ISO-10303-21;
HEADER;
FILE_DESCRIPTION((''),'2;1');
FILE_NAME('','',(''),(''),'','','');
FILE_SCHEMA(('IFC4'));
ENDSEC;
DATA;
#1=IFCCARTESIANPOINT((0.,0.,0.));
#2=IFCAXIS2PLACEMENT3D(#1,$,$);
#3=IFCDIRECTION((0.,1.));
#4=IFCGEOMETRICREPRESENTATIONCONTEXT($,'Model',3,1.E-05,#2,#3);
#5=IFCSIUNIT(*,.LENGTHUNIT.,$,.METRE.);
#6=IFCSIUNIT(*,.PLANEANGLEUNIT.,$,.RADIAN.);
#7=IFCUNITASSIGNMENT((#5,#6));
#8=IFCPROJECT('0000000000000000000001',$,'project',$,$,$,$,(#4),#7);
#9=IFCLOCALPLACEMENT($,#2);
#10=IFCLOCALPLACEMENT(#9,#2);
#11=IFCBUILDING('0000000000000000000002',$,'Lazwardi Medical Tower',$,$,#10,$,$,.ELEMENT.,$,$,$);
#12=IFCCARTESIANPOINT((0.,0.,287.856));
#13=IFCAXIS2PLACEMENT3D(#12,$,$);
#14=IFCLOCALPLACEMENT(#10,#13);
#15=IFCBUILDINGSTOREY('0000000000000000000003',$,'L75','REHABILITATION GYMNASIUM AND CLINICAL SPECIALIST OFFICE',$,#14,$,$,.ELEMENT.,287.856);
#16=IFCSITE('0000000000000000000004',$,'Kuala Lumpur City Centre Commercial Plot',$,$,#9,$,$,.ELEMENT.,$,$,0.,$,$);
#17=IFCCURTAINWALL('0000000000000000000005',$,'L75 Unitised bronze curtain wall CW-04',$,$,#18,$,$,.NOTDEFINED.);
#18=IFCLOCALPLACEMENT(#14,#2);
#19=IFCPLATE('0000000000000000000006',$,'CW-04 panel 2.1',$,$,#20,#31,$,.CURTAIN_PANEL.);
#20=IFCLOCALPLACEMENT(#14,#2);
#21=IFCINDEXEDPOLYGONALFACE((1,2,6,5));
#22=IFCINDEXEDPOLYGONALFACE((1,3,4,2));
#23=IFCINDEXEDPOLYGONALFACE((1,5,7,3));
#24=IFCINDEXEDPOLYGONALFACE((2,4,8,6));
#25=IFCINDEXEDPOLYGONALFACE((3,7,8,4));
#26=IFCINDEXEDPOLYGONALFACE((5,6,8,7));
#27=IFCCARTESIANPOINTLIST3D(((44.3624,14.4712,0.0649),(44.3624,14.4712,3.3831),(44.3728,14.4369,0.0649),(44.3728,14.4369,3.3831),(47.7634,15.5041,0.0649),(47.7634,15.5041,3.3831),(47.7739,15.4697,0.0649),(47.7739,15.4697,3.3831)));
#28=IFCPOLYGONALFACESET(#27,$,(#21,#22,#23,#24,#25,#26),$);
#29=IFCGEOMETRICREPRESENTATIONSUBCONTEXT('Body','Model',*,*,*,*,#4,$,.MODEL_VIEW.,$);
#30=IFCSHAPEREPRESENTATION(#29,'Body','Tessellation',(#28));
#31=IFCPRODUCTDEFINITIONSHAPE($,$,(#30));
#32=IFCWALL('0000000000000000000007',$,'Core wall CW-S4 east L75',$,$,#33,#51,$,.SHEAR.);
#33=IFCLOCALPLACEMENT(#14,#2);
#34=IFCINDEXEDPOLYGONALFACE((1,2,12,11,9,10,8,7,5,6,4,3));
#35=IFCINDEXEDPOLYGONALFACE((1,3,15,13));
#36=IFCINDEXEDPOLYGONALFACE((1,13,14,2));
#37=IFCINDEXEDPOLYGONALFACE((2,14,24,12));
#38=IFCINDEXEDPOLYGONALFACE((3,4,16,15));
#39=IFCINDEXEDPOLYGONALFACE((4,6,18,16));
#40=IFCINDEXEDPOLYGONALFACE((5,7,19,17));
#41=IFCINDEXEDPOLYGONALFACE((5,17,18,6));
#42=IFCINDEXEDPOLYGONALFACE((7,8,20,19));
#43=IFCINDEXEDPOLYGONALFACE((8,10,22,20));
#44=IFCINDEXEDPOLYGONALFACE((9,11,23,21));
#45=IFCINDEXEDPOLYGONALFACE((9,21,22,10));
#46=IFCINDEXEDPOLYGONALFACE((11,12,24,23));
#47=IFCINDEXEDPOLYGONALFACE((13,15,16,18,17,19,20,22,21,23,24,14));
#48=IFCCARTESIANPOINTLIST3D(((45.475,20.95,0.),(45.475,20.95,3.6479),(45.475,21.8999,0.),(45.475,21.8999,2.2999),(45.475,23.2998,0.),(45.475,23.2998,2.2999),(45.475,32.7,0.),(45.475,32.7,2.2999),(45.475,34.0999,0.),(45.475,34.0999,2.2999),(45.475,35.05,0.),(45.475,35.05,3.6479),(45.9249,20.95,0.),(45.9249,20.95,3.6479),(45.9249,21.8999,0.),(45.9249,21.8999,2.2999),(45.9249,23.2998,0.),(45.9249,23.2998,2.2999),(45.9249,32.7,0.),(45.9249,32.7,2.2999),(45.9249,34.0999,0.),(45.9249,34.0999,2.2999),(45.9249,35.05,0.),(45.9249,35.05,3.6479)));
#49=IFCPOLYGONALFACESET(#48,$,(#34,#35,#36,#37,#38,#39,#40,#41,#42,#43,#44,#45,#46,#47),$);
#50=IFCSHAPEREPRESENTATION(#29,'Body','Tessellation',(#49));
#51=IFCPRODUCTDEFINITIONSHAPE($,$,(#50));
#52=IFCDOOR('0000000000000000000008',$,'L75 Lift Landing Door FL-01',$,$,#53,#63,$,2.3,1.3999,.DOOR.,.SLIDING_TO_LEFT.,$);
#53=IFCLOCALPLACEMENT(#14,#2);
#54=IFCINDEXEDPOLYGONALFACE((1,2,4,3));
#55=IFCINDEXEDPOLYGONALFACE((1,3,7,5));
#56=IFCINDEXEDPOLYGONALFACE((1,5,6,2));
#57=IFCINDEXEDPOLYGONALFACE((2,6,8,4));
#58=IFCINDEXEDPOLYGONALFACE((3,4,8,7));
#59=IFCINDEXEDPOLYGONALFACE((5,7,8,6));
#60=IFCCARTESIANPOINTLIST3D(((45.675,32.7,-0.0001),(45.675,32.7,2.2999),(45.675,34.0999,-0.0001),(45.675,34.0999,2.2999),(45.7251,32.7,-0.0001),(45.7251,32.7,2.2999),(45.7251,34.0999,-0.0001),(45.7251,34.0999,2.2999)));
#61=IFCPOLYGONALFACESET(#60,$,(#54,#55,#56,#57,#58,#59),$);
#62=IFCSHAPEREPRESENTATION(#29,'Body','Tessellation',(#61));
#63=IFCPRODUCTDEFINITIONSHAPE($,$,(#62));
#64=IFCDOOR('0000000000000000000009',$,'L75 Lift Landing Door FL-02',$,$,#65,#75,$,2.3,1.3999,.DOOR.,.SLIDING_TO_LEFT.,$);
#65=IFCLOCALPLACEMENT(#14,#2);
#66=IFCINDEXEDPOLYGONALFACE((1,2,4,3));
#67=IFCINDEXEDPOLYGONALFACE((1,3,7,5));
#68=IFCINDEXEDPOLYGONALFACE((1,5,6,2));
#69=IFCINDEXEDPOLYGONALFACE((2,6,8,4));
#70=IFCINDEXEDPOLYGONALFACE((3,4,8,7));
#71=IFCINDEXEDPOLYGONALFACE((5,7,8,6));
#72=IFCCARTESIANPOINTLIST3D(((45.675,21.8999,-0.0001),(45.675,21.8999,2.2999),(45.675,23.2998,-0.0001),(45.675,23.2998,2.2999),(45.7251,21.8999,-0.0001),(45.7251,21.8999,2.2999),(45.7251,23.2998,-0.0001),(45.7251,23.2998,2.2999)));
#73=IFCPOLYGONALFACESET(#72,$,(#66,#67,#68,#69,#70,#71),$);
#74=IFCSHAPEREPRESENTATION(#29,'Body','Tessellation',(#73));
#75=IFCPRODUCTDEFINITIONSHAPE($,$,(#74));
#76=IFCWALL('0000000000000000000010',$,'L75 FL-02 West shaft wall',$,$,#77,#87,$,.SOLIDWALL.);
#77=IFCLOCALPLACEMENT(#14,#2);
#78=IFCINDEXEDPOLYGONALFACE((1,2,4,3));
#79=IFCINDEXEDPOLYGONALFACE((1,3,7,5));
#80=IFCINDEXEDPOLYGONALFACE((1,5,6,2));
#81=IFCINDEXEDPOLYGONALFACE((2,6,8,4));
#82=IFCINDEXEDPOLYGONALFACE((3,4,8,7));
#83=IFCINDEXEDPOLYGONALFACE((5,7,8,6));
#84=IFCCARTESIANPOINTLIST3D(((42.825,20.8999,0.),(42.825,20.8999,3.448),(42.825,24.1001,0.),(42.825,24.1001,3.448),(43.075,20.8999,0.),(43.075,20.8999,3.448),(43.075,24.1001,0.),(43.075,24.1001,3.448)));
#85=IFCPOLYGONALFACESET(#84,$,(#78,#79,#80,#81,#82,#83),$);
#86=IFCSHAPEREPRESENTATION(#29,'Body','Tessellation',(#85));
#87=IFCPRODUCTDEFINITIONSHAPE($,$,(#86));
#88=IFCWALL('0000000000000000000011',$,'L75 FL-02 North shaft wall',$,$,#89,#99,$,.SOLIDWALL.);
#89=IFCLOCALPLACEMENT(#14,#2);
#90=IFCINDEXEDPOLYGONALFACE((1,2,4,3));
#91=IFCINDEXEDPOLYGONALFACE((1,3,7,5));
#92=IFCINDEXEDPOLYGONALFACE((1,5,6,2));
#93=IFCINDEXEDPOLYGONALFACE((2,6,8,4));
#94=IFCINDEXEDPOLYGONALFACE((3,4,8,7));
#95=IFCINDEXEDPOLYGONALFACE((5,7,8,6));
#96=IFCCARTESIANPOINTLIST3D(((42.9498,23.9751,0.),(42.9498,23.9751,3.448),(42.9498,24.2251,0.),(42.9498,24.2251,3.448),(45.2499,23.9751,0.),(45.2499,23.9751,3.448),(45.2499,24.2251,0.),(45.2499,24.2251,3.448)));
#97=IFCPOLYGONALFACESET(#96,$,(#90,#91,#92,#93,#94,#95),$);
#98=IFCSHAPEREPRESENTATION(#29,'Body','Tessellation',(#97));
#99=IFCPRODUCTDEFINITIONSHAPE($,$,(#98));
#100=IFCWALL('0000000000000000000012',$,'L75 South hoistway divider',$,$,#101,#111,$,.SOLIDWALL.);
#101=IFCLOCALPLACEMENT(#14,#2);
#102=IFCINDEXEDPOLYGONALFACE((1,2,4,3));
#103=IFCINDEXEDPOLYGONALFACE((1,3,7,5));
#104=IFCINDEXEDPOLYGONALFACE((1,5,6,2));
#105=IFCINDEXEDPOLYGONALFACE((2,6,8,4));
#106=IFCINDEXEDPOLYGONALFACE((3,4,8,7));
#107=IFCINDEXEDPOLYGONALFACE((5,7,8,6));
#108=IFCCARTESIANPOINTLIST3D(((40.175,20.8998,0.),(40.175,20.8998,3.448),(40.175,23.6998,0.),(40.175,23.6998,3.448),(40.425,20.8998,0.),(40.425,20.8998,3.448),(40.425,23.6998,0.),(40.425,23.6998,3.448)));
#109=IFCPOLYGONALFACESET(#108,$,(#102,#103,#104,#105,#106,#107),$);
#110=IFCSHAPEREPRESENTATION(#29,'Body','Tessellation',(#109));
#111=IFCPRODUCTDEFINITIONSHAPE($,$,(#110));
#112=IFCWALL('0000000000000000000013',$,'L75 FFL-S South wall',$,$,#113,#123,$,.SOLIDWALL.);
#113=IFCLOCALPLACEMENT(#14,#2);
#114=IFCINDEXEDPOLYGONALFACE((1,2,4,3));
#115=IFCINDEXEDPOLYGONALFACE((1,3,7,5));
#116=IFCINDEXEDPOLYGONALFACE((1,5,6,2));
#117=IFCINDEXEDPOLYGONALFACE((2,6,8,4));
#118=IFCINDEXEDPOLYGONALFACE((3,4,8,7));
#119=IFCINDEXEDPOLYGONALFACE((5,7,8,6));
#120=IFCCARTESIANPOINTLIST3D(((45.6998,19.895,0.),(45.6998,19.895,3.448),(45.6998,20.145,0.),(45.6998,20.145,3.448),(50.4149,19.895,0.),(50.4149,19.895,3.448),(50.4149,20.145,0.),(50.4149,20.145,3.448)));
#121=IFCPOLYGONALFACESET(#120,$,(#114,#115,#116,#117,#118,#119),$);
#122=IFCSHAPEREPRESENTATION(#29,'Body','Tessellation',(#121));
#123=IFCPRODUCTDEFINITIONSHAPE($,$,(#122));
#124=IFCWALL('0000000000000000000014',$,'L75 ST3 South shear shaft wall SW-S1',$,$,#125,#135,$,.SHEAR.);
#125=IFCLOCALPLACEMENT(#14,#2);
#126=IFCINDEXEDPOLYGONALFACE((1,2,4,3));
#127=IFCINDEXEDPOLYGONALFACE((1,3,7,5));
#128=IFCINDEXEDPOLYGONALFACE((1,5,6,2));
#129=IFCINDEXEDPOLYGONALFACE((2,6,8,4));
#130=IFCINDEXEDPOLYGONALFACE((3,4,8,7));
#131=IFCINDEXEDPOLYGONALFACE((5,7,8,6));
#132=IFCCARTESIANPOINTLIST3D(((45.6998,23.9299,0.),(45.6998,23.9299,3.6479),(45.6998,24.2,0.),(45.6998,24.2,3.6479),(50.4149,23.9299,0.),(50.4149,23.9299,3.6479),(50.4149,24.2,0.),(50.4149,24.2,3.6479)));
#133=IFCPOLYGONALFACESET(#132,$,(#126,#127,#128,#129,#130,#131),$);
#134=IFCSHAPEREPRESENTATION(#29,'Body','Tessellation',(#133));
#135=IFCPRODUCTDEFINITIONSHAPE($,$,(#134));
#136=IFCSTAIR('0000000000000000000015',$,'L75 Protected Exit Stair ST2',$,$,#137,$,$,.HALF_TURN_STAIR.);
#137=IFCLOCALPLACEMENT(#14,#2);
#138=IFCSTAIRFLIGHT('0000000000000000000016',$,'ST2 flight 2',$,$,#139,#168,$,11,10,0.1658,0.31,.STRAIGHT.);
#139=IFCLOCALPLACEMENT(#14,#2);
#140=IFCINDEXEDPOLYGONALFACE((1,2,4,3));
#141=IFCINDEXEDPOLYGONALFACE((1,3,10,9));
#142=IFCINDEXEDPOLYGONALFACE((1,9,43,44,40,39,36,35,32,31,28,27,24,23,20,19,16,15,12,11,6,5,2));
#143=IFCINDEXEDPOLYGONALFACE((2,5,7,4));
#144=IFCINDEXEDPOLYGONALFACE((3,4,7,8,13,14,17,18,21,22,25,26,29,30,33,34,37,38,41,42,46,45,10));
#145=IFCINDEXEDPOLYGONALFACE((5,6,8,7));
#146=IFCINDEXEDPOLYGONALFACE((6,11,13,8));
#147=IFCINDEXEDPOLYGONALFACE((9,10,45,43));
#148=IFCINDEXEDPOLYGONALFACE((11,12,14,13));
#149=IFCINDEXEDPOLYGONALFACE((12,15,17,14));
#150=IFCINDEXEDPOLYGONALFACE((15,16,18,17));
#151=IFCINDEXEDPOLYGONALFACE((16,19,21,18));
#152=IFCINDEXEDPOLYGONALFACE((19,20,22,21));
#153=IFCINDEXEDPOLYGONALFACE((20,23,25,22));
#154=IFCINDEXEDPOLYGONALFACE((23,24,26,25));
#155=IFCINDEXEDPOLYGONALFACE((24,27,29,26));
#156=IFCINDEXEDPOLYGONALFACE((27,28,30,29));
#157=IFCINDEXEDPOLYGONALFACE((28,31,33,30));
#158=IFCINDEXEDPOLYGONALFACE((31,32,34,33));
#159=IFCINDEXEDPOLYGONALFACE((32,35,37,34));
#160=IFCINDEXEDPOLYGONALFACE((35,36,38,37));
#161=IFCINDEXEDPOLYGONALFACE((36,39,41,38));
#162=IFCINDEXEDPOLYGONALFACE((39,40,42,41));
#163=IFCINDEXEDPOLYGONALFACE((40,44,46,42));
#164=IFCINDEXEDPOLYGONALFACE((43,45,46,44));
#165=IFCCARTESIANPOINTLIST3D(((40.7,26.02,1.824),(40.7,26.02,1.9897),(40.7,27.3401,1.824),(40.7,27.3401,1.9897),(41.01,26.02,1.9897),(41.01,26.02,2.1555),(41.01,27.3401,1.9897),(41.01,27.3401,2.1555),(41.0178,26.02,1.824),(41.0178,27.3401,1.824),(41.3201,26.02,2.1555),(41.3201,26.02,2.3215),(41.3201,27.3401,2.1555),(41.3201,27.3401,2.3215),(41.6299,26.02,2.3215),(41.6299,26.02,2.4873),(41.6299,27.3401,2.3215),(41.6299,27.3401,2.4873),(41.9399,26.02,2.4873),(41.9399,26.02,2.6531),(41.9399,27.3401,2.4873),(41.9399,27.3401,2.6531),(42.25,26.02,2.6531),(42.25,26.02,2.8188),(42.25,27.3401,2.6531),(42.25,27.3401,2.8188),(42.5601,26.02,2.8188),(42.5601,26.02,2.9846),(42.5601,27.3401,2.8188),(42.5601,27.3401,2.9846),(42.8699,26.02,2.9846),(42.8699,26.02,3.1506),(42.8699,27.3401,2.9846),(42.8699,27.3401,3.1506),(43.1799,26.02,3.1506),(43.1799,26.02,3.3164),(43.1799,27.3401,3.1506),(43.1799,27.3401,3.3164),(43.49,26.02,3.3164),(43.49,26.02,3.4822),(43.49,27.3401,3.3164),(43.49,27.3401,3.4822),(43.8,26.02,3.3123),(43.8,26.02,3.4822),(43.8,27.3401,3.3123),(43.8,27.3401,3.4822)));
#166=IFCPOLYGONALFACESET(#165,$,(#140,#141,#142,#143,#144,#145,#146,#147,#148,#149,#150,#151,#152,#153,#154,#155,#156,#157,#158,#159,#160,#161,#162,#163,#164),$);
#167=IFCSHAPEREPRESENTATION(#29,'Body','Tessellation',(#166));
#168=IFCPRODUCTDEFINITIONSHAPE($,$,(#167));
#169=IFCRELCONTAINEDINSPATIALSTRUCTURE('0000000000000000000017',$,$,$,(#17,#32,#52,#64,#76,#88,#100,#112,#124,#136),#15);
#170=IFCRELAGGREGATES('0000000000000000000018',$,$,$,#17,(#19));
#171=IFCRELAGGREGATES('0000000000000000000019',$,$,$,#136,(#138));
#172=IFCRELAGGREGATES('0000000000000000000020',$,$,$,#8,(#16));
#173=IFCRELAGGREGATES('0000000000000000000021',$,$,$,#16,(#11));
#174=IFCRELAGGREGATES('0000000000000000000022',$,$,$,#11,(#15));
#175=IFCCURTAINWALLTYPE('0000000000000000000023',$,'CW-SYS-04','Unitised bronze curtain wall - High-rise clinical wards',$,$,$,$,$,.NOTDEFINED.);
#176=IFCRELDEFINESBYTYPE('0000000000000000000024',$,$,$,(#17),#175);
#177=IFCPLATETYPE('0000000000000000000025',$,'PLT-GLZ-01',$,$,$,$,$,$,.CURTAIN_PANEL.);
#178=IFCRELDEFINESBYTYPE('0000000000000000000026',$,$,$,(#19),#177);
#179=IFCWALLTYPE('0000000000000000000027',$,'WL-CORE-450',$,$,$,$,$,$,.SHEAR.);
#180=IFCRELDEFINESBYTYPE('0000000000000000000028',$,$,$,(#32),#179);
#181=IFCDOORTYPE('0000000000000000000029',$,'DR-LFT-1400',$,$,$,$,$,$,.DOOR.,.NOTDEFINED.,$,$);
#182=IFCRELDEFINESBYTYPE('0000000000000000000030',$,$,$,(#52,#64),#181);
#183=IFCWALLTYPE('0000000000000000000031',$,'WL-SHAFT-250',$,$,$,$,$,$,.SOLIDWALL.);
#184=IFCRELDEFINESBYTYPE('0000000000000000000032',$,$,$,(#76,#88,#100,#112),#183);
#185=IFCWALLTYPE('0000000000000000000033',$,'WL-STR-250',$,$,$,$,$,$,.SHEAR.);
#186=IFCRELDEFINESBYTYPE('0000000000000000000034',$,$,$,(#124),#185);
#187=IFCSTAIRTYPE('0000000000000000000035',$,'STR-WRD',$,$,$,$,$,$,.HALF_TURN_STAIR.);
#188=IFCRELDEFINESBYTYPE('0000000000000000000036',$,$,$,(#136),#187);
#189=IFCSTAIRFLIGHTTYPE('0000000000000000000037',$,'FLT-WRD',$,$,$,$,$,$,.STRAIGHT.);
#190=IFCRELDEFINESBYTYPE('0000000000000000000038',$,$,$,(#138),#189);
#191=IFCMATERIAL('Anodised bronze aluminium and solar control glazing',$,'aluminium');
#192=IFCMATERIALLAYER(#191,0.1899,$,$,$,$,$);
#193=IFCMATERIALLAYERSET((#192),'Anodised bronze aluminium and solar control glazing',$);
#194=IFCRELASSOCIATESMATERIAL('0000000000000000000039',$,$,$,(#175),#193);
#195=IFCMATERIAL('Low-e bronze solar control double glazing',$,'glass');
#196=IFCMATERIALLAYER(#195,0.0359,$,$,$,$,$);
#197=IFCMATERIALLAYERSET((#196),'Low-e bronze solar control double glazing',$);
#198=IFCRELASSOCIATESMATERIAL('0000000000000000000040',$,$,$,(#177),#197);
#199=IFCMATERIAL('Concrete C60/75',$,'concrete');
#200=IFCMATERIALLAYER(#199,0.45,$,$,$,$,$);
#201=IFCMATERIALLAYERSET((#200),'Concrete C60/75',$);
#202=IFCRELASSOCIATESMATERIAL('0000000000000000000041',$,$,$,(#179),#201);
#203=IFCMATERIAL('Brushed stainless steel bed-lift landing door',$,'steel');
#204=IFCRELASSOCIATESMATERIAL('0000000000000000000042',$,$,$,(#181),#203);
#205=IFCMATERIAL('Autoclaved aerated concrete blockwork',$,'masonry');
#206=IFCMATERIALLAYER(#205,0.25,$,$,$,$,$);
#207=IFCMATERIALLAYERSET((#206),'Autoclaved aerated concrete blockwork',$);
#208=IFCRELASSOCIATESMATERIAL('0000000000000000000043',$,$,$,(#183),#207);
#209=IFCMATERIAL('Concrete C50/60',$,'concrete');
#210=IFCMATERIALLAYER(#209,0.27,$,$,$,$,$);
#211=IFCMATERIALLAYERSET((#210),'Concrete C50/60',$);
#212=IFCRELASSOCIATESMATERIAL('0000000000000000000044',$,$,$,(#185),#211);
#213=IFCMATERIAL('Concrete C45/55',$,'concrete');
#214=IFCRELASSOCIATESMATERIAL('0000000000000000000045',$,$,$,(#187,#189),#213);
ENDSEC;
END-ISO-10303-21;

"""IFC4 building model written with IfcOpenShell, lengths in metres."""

from ifc_helpers import new_model, si_unit, direction, frame, frame_2d, origin, origin_2d, place, context, subcontext, project, spatial, polyline, rectangle, outline, extrude, material, layer, layer_set, type_object, element, fill, aggregate, save


model = new_model("IFC4")

# Units and contexts
model_context = context("Model", 3, precision=1e-05, world=origin(), true_north=direction((0.0, 1.0)))
body_context = subcontext(model_context, "Body", "Model", "MODEL_VIEW")
ifc_project = project(units=[si_unit("LENGTHUNIT", "METRE"), si_unit("PLANEANGLEUNIT", "RADIAN")], contexts=[model_context])

# Site, building, storey
site_placement = place(None, origin())
site = spatial("IfcSite", under=ifc_project, at=site_placement, Name="Kuala Lumpur City Centre Commercial Plot", CompositionType="ELEMENT", RefElevation=0.0)
building_placement = place(site_placement, origin())
building = spatial("IfcBuilding", under=site, at=building_placement, Name="Lazwardi Medical Tower", CompositionType="ELEMENT")
storey_placement = place(building_placement, frame((0.0, 0.0, 287.856)))
storey = spatial("IfcBuildingStorey", under=building, at=storey_placement, Name="L75", Description="REHABILITATION GYMNASIUM AND CLINICAL SPECIALIST OFFICE", CompositionType="ELEMENT", Elevation=287.856)

# Shared definitions
ifc_material_1 = material(Name="Concrete C60/75", Category="concrete")

# Curtain wall, plate
ifc_material_2 = material(Name="Anodised bronze aluminium and solar control glazing", Category="aluminium")
ifc_layer_1 = layer(ifc_material_2, 0.1899)
ifc_layer_set_1 = layer_set([ifc_layer_1], Name="Anodised bronze aluminium and solar control glazing")
curtain_wall_type = type_object("IfcCurtainWallType", Name="CW-SYS-04", Description="Unitised bronze curtain wall - High-rise clinical wards", PredefinedType="NOTDEFINED", material=ifc_layer_set_1)
curtain_wall_placement = place(storey_placement, origin())
curtain_wall = element("IfcCurtainWall", 1, at=curtain_wall_placement, inside=storey, type_object=curtain_wall_type, Name="L75 Unitised bronze curtain wall CW-04", PredefinedType="NOTDEFINED")
ifc_material_3 = material(Name="Low-e bronze solar control double glazing", Category="glass")
ifc_layer_2 = layer(ifc_material_3, 0.0359)
ifc_layer_set_2 = layer_set([ifc_layer_2], Name="Low-e bronze solar control double glazing")
plate_type = type_object("IfcPlateType", Name="PLT-GLZ-01", PredefinedType="CURTAIN_PANEL", material=ifc_layer_set_2)
plate_1_placement = place(storey_placement, frame((46.0681, 14.9705, 0.0649), z_axis=(0.0, 0.0, 1.0), x_axis=(0.95685, 0.290582, 0.0)))
plate_1 = element("IfcPlate", 2, at=plate_1_placement, type_object=plate_type, Name="CW-04 panel 2.1", PredefinedType="CURTAIN_PANEL", context=body_context, shape_type="SweptSolid", body=[
    extrude(rectangle(XDim=3.5544, YDim=0.0359, at=origin_2d()), origin(), (0.0, 0.0, 1.0), 3.3181),
])
aggregate(curtain_wall, [plate_1])

# Wall, openings, doors
ifc_layer_3 = layer(ifc_material_1, 0.45)
ifc_layer_set_3 = layer_set([ifc_layer_3], Name="Concrete C60/75")
wall_type_1 = type_object("IfcWallType", Name="WL-CORE-450", PredefinedType="SHEAR", material=ifc_layer_set_3)
wall_1_placement = place(storey_placement, frame((45.7, 20.95, 0.0), z_axis=(0.0, 0.0, 1.0), x_axis=(0.0, 1.0, 0.0)))
wall_1 = element("IfcWall", 3, at=wall_1_placement, inside=storey, type_object=wall_type_1, Name="Core wall CW-S4 east L75", PredefinedType="SHEAR", context=body_context, shape_type="SweptSolid", body=[
    extrude(rectangle(XDim=14.1001, YDim=0.45, at=frame_2d((7.05, 0.0))), origin(), (0.0, 0.0, 1.0), 3.6479),
])
opening_1_placement = place(wall_1_placement, frame((11.75, 0.0, 0.0)))
opening_1 = element("IfcOpeningElement", 4, at=opening_1_placement, cuts=wall_1, PredefinedType="OPENING", context=body_context, shape_type="SweptSolid", body=[
    extrude(rectangle(XDim=1.3999, YDim=2.3, at=frame_2d((0.7, 1.1499))), frame((0.0, 0.2349, 0.0), z_axis=(0.0, -1.0, 0.0), x_axis=(1.0, 0.0, 0.0)), (0.0, 0.0, 1.0), 0.47),
])
opening_2_placement = place(wall_1_placement, frame((0.95, 0.0, 0.0)))
opening_2 = element("IfcOpeningElement", 5, at=opening_2_placement, cuts=wall_1, PredefinedType="OPENING", context=body_context, shape_type="SweptSolid", body=[
    extrude(rectangle(XDim=1.3999, YDim=2.3, at=frame_2d((0.7, 1.1499))), frame((0.0, 0.2349, 0.0), z_axis=(0.0, -1.0, 0.0), x_axis=(1.0, 0.0, 0.0)), (0.0, 0.0, 1.0), 0.47),
])
ifc_material_4 = material(Name="Brushed stainless steel bed-lift landing door", Category="steel")
door_type = type_object("IfcDoorType", Name="DR-LFT-1400", OperationType="NOTDEFINED", PredefinedType="DOOR", material=ifc_material_4)
door_1_placement = place(opening_1_placement, origin())
door_1 = element("IfcDoor", 6, at=door_1_placement, inside=storey, type_object=door_type, Name="L75 Lift Landing Door FL-01", OperationType="SLIDING_TO_LEFT", OverallHeight=2.3, OverallWidth=1.3999, PredefinedType="DOOR", context=body_context, shape_type="SweptSolid", body=[
    extrude(rectangle(XDim=1.3999, YDim=2.3, at=frame_2d((0.7, 1.1499))), frame((0.0, 0.0249, 0.0), z_axis=(0.0, -1.0, 0.0), x_axis=(1.0, 0.0, 0.0)), (0.0, 0.0, 1.0), 0.05),
])
fill(opening_1, door_1)
door_2_placement = place(opening_2_placement, origin())
door_2 = element("IfcDoor", 7, at=door_2_placement, inside=storey, type_object=door_type, Name="L75 Lift Landing Door FL-02", OperationType="SLIDING_TO_LEFT", OverallHeight=2.3, OverallWidth=1.3999, PredefinedType="DOOR", context=body_context, shape_type="SweptSolid", body=[
    extrude(rectangle(XDim=1.3999, YDim=2.3, at=frame_2d((0.7, 1.1499))), frame((0.0, 0.0249, 0.0), z_axis=(0.0, -1.0, 0.0), x_axis=(1.0, 0.0, 0.0)), (0.0, 0.0, 1.0), 0.05),
])
fill(opening_2, door_2)

# Walls
ifc_material_5 = material(Name="Autoclaved aerated concrete blockwork", Category="masonry")
ifc_layer_4 = layer(ifc_material_5, 0.25)
ifc_layer_set_4 = layer_set([ifc_layer_4], Name="Autoclaved aerated concrete blockwork")
wall_type_2 = type_object("IfcWallType", Name="WL-SHAFT-250", PredefinedType="SOLIDWALL", material=ifc_layer_set_4)
wall_2_placement = place(storey_placement, frame((42.95, 20.8999, 0.0), z_axis=(0.0, 0.0, 1.0), x_axis=(0.0, 1.0, 0.0)))
element("IfcWall", 8, at=wall_2_placement, inside=storey, type_object=wall_type_2, Name="L75 FL-02 West shaft wall", PredefinedType="SOLIDWALL", context=body_context, shape_type="SweptSolid", body=[
    extrude(rectangle(XDim=3.2002, YDim=0.25, at=frame_2d((1.6001, 0.0))), origin(), (0.0, 0.0, 1.0), 3.448),
])
wall_3_placement = place(storey_placement, frame((42.95, 24.1001, 0.0), z_axis=(0.0, 0.0, 1.0), x_axis=(1.0, 0.0, 0.0)))
element("IfcWall", 9, at=wall_3_placement, inside=storey, type_object=wall_type_2, Name="L75 FL-02 North shaft wall", PredefinedType="SOLIDWALL", context=body_context, shape_type="SweptSolid", body=[
    extrude(rectangle(XDim=2.3, YDim=0.25, at=frame_2d((1.1499, 0.0))), origin(), (0.0, 0.0, 1.0), 3.448),
])
wall_4_placement = place(storey_placement, frame((40.3, 20.8999, 0.0), z_axis=(0.0, 0.0, 1.0), x_axis=(0.0, 1.0, 0.0)))
element("IfcWall", 10, at=wall_4_placement, inside=storey, type_object=wall_type_2, Name="L75 South hoistway divider", PredefinedType="SOLIDWALL", context=body_context, shape_type="SweptSolid", body=[
    extrude(rectangle(XDim=2.8, YDim=0.25, at=frame_2d((1.3999, 0.0))), origin(), (0.0, 0.0, 1.0), 3.448),
])
wall_5_placement = place(storey_placement, frame((45.7, 20.02, 0.0), z_axis=(0.0, 0.0, 1.0), x_axis=(1.0, 0.0, 0.0)))
element("IfcWall", 11, at=wall_5_placement, inside=storey, type_object=wall_type_2, Name="L75 FFL-S South wall", PredefinedType="SOLIDWALL", context=body_context, shape_type="SweptSolid", body=[
    extrude(rectangle(XDim=4.7151, YDim=0.25, at=frame_2d((2.3574, 0.0))), origin(), (0.0, 0.0, 1.0), 3.448),
])
ifc_material_6 = material(Name="Concrete C50/60", Category="concrete")
ifc_layer_5 = layer(ifc_material_6, 0.27)
ifc_layer_set_5 = layer_set([ifc_layer_5], Name="Concrete C50/60")
wall_type_3 = type_object("IfcWallType", Name="WL-STR-250", PredefinedType="SHEAR", material=ifc_layer_set_5)
wall_6_placement = place(storey_placement, frame((45.7, 24.0649, 0.0), z_axis=(0.0, 0.0, 1.0), x_axis=(1.0, 0.0, 0.0)))
element("IfcWall", 12, at=wall_6_placement, inside=storey, type_object=wall_type_3, Name="L75 ST3 South shear shaft wall SW-S1", PredefinedType="SHEAR", context=body_context, shape_type="SweptSolid", body=[
    extrude(rectangle(XDim=4.7151, YDim=0.27, at=frame_2d((2.3574, 0.0))), origin(), (0.0, 0.0, 1.0), 3.6479),
])

# Stair, stair flight
ifc_material_7 = material(Name="Concrete C45/55", Category="concrete")
stair_type = type_object("IfcStairType", Name="STR-WRD", PredefinedType="HALF_TURN_STAIR", material=ifc_material_7)
stair_placement = place(storey_placement, origin())
stair = element("IfcStair", 13, at=stair_placement, inside=storey, type_object=stair_type, Name="L75 Protected Exit Stair ST2", PredefinedType="HALF_TURN_STAIR")
stair_flight_type = type_object("IfcStairFlightType", Name="FLT-WRD", PredefinedType="STRAIGHT", material=ifc_material_7)
stair_flight_placement = place(storey_placement, frame((40.7, 26.6799, 1.824), z_axis=(0.0, 0.0, 1.0), x_axis=(1.0, 0.0, 0.0)))
stair_flight = element("IfcStairFlight", 14, at=stair_flight_placement, type_object=stair_flight_type, Name="ST2 flight 2", NumberOfRisers=11, NumberOfTreads=10, PredefinedType="STRAIGHT", RiserHeight=0.1658, TreadLength=0.31, context=body_context, shape_type="SweptSolid", body=[
    extrude(outline(polyline([(0.0, 0.0), (0.0, 0.1658), (0.3101, 0.1658), (0.3101, 0.3315), (0.6201, 0.3315), (0.6201, 0.4976), (0.9299, 0.4976), (0.9299, 0.6633), (1.24, 0.6633), (1.24, 0.8291), (1.55, 0.8291), (1.55, 0.9949), (1.8601, 0.9949), (1.8601, 1.1606), (2.1699, 1.1606), (2.1699, 1.3267), (2.48, 1.3267), (2.48, 1.4924), (2.79, 1.4924), (2.79, 1.6582), (3.1001, 1.6582), (3.1001, 1.824), (3.1001, 1.4883), (0.3179, 0.0), (0.0, 0.0)])), frame((0.0, 0.6602, 0.0), z_axis=(0.0, -1.0, 0.0), x_axis=(1.0, 0.0, 0.0)), (0.0, 0.0, 1.0), 1.3201),
])
aggregate(stair, [stair_flight])

save(model, "model.ifc")
